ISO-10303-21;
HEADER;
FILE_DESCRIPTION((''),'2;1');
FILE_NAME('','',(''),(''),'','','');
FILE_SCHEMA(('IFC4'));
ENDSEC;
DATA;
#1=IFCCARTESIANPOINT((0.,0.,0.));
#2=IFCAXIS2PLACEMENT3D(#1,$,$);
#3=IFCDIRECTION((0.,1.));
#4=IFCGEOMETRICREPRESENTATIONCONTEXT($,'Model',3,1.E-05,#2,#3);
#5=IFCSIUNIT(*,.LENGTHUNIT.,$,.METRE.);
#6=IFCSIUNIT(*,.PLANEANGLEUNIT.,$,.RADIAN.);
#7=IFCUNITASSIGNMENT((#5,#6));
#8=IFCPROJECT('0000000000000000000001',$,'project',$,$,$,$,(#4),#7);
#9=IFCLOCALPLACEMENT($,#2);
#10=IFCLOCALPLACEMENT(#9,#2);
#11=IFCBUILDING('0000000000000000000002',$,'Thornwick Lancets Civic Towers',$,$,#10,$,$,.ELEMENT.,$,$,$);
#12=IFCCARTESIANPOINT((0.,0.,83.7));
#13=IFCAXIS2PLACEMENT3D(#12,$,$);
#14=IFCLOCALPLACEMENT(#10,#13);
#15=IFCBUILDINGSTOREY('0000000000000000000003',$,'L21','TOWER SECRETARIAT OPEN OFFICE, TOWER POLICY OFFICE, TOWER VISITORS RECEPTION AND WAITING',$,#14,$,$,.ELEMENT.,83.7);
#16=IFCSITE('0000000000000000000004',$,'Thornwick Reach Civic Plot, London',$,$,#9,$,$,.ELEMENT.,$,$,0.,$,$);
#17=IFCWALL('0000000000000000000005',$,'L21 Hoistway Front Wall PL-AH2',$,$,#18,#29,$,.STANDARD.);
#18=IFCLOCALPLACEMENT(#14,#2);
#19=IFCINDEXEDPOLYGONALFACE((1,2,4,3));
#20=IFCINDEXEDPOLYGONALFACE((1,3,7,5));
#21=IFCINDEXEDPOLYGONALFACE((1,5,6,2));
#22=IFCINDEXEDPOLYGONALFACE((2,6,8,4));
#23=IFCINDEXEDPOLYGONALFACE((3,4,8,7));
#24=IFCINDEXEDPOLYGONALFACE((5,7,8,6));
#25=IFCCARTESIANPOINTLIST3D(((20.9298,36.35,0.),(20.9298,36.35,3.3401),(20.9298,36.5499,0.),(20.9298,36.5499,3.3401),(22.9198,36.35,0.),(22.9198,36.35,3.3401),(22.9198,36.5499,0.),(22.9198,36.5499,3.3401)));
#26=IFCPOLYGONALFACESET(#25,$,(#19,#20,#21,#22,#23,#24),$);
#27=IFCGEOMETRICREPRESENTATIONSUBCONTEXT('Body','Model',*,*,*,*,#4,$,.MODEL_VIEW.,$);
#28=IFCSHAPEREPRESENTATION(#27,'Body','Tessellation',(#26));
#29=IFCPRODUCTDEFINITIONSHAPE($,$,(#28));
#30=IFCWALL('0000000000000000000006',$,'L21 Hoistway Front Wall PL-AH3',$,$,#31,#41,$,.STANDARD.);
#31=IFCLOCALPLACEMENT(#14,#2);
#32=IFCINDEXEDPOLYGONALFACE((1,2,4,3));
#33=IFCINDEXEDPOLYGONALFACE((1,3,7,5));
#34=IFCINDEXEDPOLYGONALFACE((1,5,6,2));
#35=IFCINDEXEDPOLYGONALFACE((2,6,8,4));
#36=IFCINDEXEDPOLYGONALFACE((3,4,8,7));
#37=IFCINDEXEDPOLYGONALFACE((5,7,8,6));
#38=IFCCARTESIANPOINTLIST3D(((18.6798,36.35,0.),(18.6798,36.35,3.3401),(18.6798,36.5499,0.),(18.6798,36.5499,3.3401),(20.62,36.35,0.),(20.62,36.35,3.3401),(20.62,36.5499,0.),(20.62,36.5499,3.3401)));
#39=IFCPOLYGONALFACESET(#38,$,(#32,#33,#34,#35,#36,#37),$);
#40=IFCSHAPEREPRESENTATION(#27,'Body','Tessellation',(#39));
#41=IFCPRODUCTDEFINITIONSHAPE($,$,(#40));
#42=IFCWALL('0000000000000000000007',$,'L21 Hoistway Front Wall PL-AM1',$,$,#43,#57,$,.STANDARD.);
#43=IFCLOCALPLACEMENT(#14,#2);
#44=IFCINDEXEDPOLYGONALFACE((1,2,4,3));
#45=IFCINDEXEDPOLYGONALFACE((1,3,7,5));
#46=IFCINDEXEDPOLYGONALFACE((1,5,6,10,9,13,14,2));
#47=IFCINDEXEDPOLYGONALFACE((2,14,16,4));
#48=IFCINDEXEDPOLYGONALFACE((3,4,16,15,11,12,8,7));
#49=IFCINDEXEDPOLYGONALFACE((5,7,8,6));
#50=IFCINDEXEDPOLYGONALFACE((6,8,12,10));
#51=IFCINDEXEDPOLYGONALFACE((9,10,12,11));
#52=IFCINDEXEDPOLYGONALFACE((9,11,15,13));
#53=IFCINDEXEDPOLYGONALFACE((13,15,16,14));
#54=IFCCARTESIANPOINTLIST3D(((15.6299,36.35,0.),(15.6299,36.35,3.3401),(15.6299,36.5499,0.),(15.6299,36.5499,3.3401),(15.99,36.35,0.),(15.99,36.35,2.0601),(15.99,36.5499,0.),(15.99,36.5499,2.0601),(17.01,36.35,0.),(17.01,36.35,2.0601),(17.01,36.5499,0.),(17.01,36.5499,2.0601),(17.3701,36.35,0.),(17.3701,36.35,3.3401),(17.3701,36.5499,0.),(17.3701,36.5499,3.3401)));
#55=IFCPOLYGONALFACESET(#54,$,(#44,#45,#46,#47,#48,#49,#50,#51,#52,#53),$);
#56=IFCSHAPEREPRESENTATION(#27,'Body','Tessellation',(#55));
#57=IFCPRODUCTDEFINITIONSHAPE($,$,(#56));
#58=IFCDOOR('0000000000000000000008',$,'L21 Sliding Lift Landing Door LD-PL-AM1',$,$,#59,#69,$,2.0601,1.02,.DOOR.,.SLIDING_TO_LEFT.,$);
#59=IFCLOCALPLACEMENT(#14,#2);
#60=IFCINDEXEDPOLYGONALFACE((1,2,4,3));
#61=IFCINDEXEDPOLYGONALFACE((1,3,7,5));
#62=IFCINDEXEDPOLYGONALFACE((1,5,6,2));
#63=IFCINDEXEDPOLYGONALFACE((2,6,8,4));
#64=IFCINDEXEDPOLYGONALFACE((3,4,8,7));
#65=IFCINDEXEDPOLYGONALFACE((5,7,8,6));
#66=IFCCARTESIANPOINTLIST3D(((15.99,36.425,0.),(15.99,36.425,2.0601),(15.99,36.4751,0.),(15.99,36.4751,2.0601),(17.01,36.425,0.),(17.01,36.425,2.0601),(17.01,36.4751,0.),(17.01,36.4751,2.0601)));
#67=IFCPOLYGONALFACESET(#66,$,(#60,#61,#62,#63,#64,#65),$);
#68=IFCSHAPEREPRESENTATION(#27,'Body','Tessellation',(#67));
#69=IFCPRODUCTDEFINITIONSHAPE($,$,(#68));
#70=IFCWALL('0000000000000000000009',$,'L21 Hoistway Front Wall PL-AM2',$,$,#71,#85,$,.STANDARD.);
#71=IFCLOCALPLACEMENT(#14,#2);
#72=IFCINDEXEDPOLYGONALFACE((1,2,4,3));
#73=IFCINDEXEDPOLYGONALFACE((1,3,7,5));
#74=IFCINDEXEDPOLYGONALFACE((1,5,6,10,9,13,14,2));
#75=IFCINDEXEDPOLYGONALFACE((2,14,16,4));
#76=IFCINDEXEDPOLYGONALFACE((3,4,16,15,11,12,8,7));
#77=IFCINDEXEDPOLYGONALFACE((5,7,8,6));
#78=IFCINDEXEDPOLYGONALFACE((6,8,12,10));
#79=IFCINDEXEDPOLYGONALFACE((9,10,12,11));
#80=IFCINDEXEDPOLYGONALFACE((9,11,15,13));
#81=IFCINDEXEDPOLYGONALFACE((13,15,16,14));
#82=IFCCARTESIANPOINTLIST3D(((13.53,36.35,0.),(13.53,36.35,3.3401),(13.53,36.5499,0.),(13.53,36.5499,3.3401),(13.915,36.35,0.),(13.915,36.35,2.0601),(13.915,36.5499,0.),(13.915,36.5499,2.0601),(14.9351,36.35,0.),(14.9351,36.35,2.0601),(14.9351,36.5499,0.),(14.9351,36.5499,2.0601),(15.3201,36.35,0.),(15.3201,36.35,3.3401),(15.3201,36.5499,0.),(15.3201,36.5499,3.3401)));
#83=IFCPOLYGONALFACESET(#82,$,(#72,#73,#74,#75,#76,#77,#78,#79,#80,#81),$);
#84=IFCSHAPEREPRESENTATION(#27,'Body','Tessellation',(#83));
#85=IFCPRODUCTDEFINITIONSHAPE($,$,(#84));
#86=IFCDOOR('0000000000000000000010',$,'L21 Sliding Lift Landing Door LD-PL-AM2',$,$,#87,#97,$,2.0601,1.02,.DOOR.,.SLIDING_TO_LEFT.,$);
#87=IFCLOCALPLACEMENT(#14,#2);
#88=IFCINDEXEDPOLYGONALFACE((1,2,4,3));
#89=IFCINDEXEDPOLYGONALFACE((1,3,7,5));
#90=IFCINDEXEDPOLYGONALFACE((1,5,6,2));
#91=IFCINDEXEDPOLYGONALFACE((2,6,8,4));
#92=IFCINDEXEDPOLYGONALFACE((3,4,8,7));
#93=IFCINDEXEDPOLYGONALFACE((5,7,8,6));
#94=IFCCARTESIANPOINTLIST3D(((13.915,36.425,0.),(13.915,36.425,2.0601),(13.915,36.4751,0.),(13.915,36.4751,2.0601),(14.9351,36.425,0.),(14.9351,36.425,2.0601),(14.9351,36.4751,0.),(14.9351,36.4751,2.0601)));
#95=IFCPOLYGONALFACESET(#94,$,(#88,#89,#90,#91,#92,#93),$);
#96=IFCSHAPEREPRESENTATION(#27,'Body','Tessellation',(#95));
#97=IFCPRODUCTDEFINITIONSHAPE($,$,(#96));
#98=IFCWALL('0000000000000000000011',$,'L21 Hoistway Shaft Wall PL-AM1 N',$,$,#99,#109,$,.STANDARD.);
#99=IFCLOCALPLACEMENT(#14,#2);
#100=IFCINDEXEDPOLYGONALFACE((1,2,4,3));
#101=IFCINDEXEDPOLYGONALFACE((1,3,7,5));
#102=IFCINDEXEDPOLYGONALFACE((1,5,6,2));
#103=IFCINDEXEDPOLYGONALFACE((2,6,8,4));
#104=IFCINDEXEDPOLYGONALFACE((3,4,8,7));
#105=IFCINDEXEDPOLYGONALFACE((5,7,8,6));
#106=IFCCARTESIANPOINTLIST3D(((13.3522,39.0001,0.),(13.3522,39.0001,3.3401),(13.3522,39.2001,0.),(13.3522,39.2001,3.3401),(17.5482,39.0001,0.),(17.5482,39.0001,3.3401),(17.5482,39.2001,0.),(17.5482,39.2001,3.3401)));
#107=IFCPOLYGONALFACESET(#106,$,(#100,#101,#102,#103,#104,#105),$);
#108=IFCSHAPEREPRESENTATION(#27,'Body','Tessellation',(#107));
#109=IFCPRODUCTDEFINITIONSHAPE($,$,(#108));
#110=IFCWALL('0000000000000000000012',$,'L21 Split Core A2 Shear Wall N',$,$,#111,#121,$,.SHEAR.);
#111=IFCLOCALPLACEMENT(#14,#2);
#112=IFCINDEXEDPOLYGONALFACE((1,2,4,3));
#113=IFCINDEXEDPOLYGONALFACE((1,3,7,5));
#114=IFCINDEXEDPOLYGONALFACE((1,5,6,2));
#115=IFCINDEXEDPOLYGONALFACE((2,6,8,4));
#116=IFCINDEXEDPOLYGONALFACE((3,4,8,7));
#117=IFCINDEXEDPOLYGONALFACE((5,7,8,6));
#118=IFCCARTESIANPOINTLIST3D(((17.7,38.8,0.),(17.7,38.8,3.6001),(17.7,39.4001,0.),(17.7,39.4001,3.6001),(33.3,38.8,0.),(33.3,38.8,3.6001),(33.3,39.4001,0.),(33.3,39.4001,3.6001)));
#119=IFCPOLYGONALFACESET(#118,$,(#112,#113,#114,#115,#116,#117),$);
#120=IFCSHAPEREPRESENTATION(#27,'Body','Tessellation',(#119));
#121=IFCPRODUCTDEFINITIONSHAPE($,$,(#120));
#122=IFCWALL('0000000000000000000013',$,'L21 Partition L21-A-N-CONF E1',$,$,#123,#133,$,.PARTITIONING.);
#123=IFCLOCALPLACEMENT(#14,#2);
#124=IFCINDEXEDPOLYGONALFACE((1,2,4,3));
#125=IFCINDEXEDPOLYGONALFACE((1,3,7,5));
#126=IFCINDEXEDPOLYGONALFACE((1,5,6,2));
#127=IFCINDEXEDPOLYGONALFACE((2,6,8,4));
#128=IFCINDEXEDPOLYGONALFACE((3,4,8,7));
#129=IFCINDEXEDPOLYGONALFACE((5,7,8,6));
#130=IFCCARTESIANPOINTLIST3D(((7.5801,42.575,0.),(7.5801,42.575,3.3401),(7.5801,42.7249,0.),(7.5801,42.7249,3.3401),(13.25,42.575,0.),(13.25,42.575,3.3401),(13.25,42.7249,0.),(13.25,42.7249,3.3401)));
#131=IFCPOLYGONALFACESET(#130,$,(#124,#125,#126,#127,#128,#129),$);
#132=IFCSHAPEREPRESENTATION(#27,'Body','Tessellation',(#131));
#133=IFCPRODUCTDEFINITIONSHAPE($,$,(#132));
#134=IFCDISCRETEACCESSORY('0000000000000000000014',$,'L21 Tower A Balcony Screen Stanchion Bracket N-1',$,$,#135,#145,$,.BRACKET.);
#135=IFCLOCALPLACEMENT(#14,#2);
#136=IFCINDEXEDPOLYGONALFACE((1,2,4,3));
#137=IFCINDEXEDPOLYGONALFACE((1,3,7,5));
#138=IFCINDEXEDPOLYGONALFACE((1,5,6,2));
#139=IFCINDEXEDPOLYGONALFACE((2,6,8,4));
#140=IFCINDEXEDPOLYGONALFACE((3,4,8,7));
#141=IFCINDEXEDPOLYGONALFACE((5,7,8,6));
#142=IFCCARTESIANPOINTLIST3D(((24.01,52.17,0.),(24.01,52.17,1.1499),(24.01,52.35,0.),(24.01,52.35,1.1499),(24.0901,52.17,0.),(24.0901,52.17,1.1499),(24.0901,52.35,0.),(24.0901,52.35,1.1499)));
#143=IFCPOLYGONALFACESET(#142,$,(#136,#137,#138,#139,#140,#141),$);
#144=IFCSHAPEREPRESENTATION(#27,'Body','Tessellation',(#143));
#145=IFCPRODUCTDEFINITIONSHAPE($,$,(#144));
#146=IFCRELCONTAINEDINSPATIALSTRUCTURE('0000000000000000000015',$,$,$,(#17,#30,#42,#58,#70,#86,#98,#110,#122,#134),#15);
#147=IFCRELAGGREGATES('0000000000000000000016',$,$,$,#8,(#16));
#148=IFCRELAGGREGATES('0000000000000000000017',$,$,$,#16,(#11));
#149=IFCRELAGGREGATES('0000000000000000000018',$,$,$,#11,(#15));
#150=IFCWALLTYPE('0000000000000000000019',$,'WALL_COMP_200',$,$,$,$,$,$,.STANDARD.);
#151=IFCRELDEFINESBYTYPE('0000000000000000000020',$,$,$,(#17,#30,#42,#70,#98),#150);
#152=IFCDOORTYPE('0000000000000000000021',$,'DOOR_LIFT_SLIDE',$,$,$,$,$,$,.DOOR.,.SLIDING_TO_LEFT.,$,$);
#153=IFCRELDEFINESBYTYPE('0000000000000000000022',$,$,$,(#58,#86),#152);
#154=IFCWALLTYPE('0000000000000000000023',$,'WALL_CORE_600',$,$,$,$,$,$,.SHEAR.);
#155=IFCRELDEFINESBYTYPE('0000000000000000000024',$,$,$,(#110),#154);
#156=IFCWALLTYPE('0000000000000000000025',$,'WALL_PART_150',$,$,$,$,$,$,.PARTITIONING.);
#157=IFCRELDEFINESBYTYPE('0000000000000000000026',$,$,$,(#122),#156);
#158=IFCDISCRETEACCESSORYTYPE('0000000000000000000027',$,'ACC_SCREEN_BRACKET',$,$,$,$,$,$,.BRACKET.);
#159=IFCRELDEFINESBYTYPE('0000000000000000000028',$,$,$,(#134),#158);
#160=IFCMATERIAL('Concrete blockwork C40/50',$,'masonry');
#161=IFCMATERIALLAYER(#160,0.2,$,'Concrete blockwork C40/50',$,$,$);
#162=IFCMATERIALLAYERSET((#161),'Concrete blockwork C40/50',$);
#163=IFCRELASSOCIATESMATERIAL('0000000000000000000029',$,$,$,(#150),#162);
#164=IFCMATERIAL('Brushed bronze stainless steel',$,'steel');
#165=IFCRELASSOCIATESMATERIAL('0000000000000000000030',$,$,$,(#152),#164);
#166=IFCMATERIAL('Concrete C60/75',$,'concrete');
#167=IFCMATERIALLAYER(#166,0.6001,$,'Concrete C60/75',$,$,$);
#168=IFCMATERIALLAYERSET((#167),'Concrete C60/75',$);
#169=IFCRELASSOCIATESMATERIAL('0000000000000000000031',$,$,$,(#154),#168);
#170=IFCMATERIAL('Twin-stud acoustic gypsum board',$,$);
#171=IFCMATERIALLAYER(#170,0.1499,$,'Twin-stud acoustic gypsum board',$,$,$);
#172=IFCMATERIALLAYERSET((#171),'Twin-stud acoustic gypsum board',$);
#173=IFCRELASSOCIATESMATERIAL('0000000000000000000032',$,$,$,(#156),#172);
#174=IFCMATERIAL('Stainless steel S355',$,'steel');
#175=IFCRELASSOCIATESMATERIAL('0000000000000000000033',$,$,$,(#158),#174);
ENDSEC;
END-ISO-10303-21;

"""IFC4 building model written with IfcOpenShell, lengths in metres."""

from ifc_helpers import new_model, si_unit, direction, frame, frame_2d, origin, origin_2d, place, context, subcontext, project, spatial, rectangle, extrude, material, layer, layer_set, type_object, element, fill, save


model = new_model("IFC4")

# Units and contexts
model_context = context("Model", 3, precision=1e-05, world=origin(), true_north=direction((0.0, 1.0)))
body_context = subcontext(model_context, "Body", "Model", "MODEL_VIEW")
ifc_project = project(units=[si_unit("LENGTHUNIT", "METRE"), si_unit("PLANEANGLEUNIT", "RADIAN")], contexts=[model_context])

# Site, building, storey
site_placement = place(None, origin())
site = spatial("IfcSite", under=ifc_project, at=site_placement, Name="Thornwick Reach Civic Plot, London", CompositionType="ELEMENT", RefElevation=0.0)
building_placement = place(site_placement, origin())
building = spatial("IfcBuilding", under=site, at=building_placement, Name="Thornwick Lancets Civic Towers", CompositionType="ELEMENT")
storey_placement = place(building_placement, frame((0.0, 0.0, 83.7)))
storey = spatial("IfcBuildingStorey", under=building, at=storey_placement, Name="L21", Description="TOWER SECRETARIAT OPEN OFFICE, TOWER POLICY OFFICE, TOWER VISITORS RECEPTION AND WAITING", CompositionType="ELEMENT", Elevation=83.7)

# Shared definitions
ifc_material_1 = material(Name="Concrete C60/75", Category="concrete")

# Shared definitions
ifc_material_2 = material(Name="Concrete blockwork C40/50", Category="masonry")
ifc_layer_1 = layer(ifc_material_2, 0.2, Name="Concrete blockwork C40/50")
ifc_layer_set_1 = layer_set([ifc_layer_1], Name="Concrete blockwork C40/50")
wall_type_1 = type_object("IfcWallType", Name="WALL_COMP_200", PredefinedType="STANDARD", material=ifc_layer_set_1)
ifc_material_3 = material(Name="Brushed bronze stainless steel", Category="steel")
door_type = type_object("IfcDoorType", Name="DOOR_LIFT_SLIDE", OperationType="SLIDING_TO_LEFT", PredefinedType="DOOR", material=ifc_material_3)

# Walls
wall_1_placement = place(storey_placement, frame((22.9199, 36.45, 0.0), z_axis=(0.0, 0.0, 1.0), x_axis=(-1.0, 0.0, 0.0)))
element("IfcWall", 1, at=wall_1_placement, inside=storey, type_object=wall_type_1, Name="L21 Hoistway Front Wall PL-AH2", PredefinedType="STANDARD", context=body_context, shape_type="SweptSolid", body=[
    extrude(rectangle(XDim=1.99, YDim=0.2, at=frame_2d((0.9951, 0.0))), origin(), (0.0, 0.0, 1.0), 3.3401),
])
wall_2_placement = place(storey_placement, frame((20.6201, 36.45, 0.0), z_axis=(0.0, 0.0, 1.0), x_axis=(-1.0, 0.0, 0.0)))
element("IfcWall", 2, at=wall_2_placement, inside=storey, type_object=wall_type_1, Name="L21 Hoistway Front Wall PL-AH3", PredefinedType="STANDARD", context=body_context, shape_type="SweptSolid", body=[
    extrude(rectangle(XDim=1.9402, YDim=0.2, at=frame_2d((0.9702, 0.0))), origin(), (0.0, 0.0, 1.0), 3.3401),
])

# Walls, openings, doors
wall_3_placement = place(storey_placement, frame((17.3701, 36.45, 0.0), z_axis=(0.0, 0.0, 1.0), x_axis=(-1.0, 0.0, 0.0)))
wall_3 = element("IfcWall", 3, at=wall_3_placement, inside=storey, type_object=wall_type_1, Name="L21 Hoistway Front Wall PL-AM1", PredefinedType="STANDARD", context=body_context, shape_type="SweptSolid", body=[
    extrude(rectangle(XDim=1.7402, YDim=0.2, at=frame_2d((0.8701, 0.0))), origin(), (0.0, 0.0, 1.0), 3.3401),
])
opening_1_placement = place(wall_3_placement, frame((0.3601, 0.0, 0.0)))
opening_1 = element("IfcOpeningElement", 4, at=opening_1_placement, cuts=wall_3, PredefinedType="OPENING", context=body_context, shape_type="SweptSolid", body=[
    extrude(rectangle(XDim=1.02, YDim=2.0601, at=frame_2d((0.51, 1.03))), frame((0.0, 0.1099, 0.0), z_axis=(0.0, -1.0, 0.0), x_axis=(1.0, 0.0, 0.0)), (0.0, 0.0, 1.0), 0.22),
])
door_1_placement = place(opening_1_placement, origin())
door_1 = element("IfcDoor", 5, at=door_1_placement, inside=storey, type_object=door_type, Name="L21 Sliding Lift Landing Door LD-PL-AM1", OperationType="SLIDING_TO_LEFT", OverallHeight=2.0601, OverallWidth=1.02, PredefinedType="DOOR", context=body_context, shape_type="SweptSolid", body=[
    extrude(rectangle(XDim=1.02, YDim=2.0601, at=frame_2d((0.51, 1.03))), frame((0.0, 0.0249, 0.0), z_axis=(0.0, -1.0, 0.0), x_axis=(1.0, 0.0, 0.0)), (0.0, 0.0, 1.0), 0.05),
])
fill(opening_1, door_1)
wall_4_placement = place(storey_placement, frame((15.3201, 36.45, 0.0), z_axis=(0.0, 0.0, 1.0), x_axis=(-1.0, 0.0, 0.0)))
wall_4 = element("IfcWall", 6, at=wall_4_placement, inside=storey, type_object=wall_type_1, Name="L21 Hoistway Front Wall PL-AM2", PredefinedType="STANDARD", context=body_context, shape_type="SweptSolid", body=[
    extrude(rectangle(XDim=1.79, YDim=0.2, at=frame_2d((0.895, 0.0))), origin(), (0.0, 0.0, 1.0), 3.3401),
])
opening_2_placement = place(wall_4_placement, frame((0.385, 0.0, 0.0)))
opening_2 = element("IfcOpeningElement", 7, at=opening_2_placement, cuts=wall_4, PredefinedType="OPENING", context=body_context, shape_type="SweptSolid", body=[
    extrude(rectangle(XDim=1.02, YDim=2.0601, at=frame_2d((0.51, 1.03))), frame((0.0, 0.1099, 0.0), z_axis=(0.0, -1.0, 0.0), x_axis=(1.0, 0.0, 0.0)), (0.0, 0.0, 1.0), 0.22),
])
door_2_placement = place(opening_2_placement, origin())
door_2 = element("IfcDoor", 8, at=door_2_placement, inside=storey, type_object=door_type, Name="L21 Sliding Lift Landing Door LD-PL-AM2", OperationType="SLIDING_TO_LEFT", OverallHeight=2.0601, OverallWidth=1.02, PredefinedType="DOOR", context=body_context, shape_type="SweptSolid", body=[
    extrude(rectangle(XDim=1.02, YDim=2.0601, at=frame_2d((0.51, 1.03))), frame((0.0, 0.0249, 0.0), z_axis=(0.0, -1.0, 0.0), x_axis=(1.0, 0.0, 0.0)), (0.0, 0.0, 1.0), 0.05),
])
fill(opening_2, door_2)

# Walls
wall_5_placement = place(storey_placement, frame((13.3521, 39.1001, 0.0), z_axis=(0.0, 0.0, 1.0), x_axis=(1.0, 0.0, 0.0)))
element("IfcWall", 9, at=wall_5_placement, inside=storey, type_object=wall_type_1, Name="L21 Hoistway Shaft Wall PL-AM1 N", PredefinedType="STANDARD", context=body_context, shape_type="SweptSolid", body=[
    extrude(rectangle(XDim=4.196, YDim=0.2, at=frame_2d((2.0981, 0.0))), origin(), (0.0, 0.0, 1.0), 3.3401),
])
ifc_layer_2 = layer(ifc_material_1, 0.6001, Name="Concrete C60/75")
ifc_layer_set_2 = layer_set([ifc_layer_2], Name="Concrete C60/75")
wall_type_2 = type_object("IfcWallType", Name="WALL_CORE_600", PredefinedType="SHEAR", material=ifc_layer_set_2)
wall_6_placement = place(storey_placement, frame((17.7, 39.1001, 0.0), z_axis=(0.0, 0.0, 1.0), x_axis=(1.0, 0.0, 0.0)))
element("IfcWall", 10, at=wall_6_placement, inside=storey, type_object=wall_type_2, Name="L21 Split Core A2 Shear Wall N", PredefinedType="SHEAR", context=body_context, shape_type="SweptSolid", body=[
    extrude(rectangle(XDim=15.6001, YDim=0.6001, at=frame_2d((7.8, 0.0))), origin(), (0.0, 0.0, 1.0), 3.6001),
])
ifc_material_4 = material(Name="Twin-stud acoustic gypsum board")
ifc_layer_3 = layer(ifc_material_4, 0.1499, Name="Twin-stud acoustic gypsum board")
ifc_layer_set_3 = layer_set([ifc_layer_3], Name="Twin-stud acoustic gypsum board")
wall_type_3 = type_object("IfcWallType", Name="WALL_PART_150", PredefinedType="PARTITIONING", material=ifc_layer_set_3)
wall_7_placement = place(storey_placement, frame((13.25, 42.6499, 0.0), z_axis=(0.0, 0.0, 1.0), x_axis=(-1.0, 0.0, 0.0)))
element("IfcWall", 11, at=wall_7_placement, inside=storey, type_object=wall_type_3, Name="L21 Partition L21-A-N-CONF E1", PredefinedType="PARTITIONING", context=body_context, shape_type="SweptSolid", body=[
    extrude(rectangle(XDim=5.6699, YDim=0.1499, at=frame_2d((2.835, 0.0))), origin(), (0.0, 0.0, 1.0), 3.3401),
])

# Discrete accessory
ifc_material_5 = material(Name="Stainless steel S355", Category="steel")
discrete_accessory_type = type_object("IfcDiscreteAccessoryType", Name="ACC_SCREEN_BRACKET", PredefinedType="BRACKET", material=ifc_material_5)
discrete_accessory_placement = place(storey_placement, frame((24.05, 52.26, 0.0), z_axis=(0.0, 0.0, 1.0), x_axis=(1.0, 0.0, 0.0)))
element("IfcDiscreteAccessory", 12, at=discrete_accessory_placement, inside=storey, type_object=discrete_accessory_type, Name="L21 Tower A Balcony Screen Stanchion Bracket N-1", PredefinedType="BRACKET", context=body_context, shape_type="SweptSolid", body=[
    extrude(rectangle(XDim=0.0801, YDim=0.1799, at=origin_2d()), origin(), (0.0, 0.0, 1.0), 1.1499),
])

save(model, "model.ifc")
